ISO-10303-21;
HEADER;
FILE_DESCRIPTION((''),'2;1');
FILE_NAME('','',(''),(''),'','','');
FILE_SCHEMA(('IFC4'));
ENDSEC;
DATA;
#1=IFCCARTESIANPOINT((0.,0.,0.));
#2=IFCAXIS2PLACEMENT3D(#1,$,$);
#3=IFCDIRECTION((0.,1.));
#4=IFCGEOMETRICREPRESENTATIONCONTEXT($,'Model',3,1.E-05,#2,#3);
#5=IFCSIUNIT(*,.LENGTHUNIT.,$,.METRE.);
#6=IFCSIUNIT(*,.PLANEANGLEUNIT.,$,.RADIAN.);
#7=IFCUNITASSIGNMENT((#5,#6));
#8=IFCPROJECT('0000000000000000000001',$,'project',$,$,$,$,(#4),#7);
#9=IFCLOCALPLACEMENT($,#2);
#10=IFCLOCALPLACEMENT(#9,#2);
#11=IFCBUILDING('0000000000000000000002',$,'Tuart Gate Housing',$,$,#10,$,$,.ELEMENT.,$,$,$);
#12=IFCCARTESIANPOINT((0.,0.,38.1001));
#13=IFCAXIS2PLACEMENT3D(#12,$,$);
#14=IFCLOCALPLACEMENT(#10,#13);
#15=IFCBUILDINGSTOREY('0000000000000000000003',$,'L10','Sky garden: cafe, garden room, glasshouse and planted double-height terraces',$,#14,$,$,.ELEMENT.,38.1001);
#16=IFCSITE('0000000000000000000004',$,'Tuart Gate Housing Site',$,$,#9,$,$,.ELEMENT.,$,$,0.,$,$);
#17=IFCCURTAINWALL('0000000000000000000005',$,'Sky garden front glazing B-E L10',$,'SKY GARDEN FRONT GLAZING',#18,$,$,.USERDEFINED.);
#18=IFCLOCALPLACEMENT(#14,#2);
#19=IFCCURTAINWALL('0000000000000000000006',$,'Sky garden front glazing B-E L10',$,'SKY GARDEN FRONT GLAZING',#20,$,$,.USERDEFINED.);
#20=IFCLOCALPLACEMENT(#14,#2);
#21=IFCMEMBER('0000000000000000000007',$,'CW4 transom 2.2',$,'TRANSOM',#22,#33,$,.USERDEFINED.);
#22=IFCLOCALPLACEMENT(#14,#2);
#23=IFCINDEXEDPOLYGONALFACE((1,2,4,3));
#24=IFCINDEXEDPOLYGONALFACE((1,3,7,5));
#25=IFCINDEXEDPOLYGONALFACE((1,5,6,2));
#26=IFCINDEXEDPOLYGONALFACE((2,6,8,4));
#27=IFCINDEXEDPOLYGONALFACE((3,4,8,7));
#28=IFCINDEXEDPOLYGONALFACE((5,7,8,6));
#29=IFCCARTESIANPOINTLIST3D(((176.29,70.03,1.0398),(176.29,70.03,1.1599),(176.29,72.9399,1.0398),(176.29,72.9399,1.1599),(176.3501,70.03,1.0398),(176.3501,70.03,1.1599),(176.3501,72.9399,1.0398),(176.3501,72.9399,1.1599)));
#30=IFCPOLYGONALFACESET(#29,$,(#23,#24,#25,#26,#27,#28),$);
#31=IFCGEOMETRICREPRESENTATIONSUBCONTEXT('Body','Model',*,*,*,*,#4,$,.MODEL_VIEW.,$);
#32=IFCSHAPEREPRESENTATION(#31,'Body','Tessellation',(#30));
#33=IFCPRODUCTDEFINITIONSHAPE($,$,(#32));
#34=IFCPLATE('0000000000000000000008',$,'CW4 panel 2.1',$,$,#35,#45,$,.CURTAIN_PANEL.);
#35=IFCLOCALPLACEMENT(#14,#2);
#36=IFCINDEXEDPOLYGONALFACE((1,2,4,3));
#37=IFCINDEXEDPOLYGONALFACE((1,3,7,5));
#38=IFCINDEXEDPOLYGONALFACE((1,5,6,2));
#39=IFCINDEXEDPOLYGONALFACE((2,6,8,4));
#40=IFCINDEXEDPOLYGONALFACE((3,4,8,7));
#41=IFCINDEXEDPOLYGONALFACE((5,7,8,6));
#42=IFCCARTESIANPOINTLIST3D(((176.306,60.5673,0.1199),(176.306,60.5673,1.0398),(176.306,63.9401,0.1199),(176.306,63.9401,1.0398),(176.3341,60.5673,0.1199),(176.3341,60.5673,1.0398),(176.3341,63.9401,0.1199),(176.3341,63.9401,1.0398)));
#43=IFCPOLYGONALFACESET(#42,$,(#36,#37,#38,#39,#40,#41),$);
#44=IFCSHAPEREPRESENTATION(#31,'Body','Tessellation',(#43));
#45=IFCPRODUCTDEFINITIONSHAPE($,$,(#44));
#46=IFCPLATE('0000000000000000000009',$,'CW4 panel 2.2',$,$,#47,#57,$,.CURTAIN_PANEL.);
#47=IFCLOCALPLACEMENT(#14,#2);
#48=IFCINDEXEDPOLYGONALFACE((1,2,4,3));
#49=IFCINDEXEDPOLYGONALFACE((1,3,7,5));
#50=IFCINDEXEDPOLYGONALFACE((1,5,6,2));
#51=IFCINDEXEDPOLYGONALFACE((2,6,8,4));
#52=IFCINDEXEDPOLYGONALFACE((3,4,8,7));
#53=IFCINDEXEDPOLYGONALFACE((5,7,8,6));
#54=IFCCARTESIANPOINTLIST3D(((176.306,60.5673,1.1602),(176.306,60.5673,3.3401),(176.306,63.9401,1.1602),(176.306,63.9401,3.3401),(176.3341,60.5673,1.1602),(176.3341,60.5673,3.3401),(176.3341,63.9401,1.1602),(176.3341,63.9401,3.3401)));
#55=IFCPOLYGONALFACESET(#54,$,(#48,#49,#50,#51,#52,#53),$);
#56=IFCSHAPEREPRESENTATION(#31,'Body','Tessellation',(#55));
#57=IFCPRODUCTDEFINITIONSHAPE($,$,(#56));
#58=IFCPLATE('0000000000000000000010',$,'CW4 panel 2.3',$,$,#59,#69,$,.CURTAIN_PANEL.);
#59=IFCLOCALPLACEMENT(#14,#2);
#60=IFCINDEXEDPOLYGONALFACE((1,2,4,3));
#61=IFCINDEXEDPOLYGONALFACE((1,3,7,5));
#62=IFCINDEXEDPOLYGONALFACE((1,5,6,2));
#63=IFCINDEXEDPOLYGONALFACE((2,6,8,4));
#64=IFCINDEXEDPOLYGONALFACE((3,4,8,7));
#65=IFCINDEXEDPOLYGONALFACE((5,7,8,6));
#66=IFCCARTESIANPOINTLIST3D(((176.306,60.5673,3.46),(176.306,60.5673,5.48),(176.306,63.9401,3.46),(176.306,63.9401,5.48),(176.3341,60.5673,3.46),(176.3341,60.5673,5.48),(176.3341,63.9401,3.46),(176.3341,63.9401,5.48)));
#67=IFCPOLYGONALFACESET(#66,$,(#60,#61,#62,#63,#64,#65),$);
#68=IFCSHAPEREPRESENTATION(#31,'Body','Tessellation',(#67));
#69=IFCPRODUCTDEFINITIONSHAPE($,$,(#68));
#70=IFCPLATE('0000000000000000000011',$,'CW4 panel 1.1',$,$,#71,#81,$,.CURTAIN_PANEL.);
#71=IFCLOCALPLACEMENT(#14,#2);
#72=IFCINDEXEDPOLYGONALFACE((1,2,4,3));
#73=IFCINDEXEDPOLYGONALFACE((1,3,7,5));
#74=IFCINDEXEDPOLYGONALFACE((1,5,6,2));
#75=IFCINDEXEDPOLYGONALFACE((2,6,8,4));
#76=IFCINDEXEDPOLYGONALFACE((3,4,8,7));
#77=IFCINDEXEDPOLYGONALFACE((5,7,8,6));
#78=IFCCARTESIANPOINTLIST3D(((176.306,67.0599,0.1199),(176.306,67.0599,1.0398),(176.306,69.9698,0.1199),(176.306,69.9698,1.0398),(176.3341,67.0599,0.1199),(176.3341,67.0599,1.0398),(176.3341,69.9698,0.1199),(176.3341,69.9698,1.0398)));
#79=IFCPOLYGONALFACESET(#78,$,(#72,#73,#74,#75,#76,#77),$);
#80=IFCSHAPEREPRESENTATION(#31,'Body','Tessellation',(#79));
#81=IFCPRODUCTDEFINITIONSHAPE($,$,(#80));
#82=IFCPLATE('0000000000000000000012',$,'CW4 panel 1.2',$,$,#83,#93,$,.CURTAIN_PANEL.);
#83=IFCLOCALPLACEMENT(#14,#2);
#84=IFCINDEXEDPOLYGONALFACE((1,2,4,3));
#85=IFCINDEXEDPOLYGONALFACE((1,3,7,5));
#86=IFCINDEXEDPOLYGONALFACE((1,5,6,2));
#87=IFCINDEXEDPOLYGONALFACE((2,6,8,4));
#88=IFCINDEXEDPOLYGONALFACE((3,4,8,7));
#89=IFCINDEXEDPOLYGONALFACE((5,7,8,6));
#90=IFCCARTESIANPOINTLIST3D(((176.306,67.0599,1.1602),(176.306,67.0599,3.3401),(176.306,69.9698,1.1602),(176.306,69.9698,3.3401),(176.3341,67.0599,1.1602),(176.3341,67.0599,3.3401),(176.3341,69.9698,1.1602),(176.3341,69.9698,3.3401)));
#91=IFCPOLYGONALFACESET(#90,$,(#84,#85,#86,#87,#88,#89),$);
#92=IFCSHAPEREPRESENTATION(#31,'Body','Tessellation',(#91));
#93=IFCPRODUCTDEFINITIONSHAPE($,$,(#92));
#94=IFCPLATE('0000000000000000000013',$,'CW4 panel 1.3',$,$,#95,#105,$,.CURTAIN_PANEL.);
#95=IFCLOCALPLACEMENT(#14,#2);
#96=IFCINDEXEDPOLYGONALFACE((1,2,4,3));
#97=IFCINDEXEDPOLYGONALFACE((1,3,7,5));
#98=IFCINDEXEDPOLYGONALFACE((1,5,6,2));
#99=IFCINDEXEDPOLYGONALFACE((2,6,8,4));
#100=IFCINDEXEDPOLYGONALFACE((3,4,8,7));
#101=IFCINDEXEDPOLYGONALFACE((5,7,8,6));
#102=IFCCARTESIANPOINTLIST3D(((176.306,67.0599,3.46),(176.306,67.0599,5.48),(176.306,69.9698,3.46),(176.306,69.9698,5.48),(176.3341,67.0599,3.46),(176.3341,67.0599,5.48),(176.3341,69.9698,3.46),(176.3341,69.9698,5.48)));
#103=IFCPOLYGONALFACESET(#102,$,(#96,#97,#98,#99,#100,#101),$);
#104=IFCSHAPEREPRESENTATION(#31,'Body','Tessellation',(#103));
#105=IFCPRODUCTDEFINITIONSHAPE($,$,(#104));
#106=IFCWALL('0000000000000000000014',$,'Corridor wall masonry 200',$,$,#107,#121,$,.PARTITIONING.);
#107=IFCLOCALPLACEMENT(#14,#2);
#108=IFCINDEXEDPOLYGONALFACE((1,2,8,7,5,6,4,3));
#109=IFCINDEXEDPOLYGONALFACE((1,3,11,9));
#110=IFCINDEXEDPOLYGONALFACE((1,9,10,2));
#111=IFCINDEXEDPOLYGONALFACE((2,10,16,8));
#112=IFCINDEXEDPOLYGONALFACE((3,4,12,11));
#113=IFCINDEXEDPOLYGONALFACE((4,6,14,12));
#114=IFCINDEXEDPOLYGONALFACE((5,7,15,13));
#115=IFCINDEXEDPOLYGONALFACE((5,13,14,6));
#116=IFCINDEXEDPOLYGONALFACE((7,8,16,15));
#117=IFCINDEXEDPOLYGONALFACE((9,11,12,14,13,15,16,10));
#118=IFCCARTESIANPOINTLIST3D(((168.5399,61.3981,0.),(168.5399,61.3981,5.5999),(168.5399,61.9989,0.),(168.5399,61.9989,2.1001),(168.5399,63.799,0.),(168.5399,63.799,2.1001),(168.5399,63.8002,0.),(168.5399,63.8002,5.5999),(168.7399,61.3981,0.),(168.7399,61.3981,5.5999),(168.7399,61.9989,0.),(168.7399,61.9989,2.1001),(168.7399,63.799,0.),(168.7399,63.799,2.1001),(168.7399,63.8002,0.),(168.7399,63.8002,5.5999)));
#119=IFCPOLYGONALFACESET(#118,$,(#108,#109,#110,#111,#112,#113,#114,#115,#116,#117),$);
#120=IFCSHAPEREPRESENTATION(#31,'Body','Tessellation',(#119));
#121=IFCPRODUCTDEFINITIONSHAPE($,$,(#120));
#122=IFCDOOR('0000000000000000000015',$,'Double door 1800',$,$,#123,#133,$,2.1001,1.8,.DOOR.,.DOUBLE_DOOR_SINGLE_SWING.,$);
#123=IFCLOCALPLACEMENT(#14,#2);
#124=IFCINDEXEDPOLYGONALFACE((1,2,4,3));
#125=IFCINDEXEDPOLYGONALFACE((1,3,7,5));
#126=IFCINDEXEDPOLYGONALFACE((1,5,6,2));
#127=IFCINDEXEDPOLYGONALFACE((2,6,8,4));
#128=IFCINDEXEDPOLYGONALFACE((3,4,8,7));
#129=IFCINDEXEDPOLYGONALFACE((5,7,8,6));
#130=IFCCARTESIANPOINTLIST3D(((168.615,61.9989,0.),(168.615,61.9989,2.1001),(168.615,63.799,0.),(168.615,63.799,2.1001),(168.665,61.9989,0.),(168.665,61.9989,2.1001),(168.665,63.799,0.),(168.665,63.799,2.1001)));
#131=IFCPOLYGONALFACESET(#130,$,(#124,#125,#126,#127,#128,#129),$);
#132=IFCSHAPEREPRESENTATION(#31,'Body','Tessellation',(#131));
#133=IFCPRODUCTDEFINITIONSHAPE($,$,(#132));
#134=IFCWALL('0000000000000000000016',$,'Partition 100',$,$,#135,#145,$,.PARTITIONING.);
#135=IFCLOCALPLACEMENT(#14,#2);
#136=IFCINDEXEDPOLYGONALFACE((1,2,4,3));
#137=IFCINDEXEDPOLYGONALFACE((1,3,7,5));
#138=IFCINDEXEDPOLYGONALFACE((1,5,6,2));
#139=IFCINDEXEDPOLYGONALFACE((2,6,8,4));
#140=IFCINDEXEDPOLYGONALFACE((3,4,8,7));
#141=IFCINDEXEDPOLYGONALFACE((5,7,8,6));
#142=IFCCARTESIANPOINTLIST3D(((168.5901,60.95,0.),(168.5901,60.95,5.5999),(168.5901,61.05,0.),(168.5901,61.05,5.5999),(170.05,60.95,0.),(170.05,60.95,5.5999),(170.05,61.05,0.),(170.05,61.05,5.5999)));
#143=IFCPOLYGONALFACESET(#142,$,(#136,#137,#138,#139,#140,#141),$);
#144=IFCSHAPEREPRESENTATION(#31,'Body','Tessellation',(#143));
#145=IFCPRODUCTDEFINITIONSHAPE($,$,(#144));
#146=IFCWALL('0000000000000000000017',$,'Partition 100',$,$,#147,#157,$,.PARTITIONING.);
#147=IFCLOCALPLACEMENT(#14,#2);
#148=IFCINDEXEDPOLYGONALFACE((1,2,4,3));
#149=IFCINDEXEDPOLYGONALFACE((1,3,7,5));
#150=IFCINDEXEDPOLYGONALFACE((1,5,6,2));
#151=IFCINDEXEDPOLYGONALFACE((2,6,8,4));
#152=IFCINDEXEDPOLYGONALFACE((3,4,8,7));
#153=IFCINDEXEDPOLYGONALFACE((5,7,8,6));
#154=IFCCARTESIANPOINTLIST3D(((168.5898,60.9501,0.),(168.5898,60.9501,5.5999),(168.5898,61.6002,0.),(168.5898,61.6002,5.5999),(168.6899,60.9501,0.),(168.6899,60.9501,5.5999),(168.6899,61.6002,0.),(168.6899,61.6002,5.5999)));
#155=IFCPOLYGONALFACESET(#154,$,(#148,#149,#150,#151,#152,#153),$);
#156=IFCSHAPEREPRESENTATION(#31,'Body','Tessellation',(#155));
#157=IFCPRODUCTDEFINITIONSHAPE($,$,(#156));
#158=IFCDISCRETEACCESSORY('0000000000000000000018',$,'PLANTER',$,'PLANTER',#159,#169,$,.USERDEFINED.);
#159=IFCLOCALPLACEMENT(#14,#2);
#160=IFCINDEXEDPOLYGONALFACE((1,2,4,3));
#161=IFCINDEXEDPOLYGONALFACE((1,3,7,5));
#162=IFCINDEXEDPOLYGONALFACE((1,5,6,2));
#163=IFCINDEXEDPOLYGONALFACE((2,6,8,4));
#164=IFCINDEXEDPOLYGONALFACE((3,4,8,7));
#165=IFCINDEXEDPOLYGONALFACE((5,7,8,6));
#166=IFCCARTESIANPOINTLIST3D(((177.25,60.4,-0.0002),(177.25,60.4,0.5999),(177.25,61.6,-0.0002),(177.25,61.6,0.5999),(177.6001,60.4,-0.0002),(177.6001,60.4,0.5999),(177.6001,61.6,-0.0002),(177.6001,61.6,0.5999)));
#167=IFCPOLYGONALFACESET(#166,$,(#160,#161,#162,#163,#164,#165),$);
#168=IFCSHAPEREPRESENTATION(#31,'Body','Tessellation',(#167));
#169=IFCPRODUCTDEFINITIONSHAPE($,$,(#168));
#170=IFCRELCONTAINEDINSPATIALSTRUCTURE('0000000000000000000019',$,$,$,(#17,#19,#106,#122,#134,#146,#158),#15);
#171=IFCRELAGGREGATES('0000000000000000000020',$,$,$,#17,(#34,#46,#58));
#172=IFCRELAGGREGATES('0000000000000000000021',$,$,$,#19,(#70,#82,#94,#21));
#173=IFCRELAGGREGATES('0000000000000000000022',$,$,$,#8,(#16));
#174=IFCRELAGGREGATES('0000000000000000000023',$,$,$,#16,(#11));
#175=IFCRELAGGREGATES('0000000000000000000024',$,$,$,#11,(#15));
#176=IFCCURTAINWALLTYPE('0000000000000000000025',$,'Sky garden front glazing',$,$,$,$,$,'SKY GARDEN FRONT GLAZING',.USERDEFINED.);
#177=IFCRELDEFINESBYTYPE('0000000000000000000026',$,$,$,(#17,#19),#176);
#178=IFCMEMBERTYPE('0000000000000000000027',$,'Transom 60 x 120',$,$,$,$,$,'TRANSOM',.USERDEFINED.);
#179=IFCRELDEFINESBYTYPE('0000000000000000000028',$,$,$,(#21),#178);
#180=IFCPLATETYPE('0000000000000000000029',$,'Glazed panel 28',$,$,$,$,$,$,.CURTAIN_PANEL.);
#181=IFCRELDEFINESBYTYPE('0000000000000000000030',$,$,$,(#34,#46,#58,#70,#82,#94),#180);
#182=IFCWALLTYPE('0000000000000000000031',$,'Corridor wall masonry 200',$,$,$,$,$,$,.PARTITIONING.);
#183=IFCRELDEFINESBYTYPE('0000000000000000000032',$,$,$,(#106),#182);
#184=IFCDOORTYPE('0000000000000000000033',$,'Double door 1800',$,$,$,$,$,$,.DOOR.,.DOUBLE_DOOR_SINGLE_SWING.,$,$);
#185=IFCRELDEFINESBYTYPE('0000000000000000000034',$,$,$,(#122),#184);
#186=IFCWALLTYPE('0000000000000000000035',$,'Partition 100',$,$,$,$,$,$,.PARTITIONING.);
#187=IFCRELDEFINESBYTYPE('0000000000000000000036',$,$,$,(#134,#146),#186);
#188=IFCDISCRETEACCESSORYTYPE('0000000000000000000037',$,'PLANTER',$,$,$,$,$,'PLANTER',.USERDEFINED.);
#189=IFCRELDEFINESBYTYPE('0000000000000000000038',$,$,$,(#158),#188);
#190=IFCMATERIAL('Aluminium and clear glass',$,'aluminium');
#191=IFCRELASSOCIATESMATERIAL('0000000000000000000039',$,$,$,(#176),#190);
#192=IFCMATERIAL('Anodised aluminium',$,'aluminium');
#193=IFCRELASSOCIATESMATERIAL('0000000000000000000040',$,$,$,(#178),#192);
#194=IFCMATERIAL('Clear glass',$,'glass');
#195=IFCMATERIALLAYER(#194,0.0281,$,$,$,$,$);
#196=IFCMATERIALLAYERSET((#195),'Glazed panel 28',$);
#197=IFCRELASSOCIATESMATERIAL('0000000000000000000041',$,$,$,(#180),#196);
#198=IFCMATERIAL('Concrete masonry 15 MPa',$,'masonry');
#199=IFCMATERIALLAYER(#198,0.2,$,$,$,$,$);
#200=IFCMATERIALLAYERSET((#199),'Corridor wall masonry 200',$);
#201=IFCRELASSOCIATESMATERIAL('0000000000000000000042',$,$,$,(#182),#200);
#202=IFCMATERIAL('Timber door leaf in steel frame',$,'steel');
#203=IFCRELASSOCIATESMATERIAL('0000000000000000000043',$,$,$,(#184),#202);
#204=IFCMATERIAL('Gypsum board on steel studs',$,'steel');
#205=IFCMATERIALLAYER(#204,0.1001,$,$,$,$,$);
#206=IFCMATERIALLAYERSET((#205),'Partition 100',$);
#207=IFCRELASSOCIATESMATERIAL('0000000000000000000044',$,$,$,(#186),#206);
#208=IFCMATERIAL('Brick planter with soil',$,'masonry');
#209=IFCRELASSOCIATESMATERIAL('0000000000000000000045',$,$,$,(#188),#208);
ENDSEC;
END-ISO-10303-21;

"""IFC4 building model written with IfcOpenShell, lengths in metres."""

from ifc_helpers import new_model, si_unit, direction, frame, frame_2d, origin, origin_2d, place, context, subcontext, project, spatial, rectangle, extrude, material, layer, layer_set, material_profile, profile_set, type_object, element, fill, aggregate, save


model = new_model("IFC4")

# Units and contexts
model_context = context("Model", 3, precision=1e-05, world=origin(), true_north=direction((0.0, 1.0)))
body_context = subcontext(model_context, "Body", "Model", "MODEL_VIEW")
ifc_project = project(units=[si_unit("LENGTHUNIT", "METRE"), si_unit("PLANEANGLEUNIT", "RADIAN")], contexts=[model_context])

# Site, building, storey
site_placement = place(None, origin())
site = spatial("IfcSite", under=ifc_project, at=site_placement, Name="Tuart Gate Housing Site", CompositionType="ELEMENT", RefElevation=0.0)
building_placement = place(site_placement, origin())
building = spatial("IfcBuilding", under=site, at=building_placement, Name="Tuart Gate Housing", CompositionType="ELEMENT")
storey_placement = place(building_placement, frame((0.0, 0.0, 38.1001)))
storey = spatial("IfcBuildingStorey", under=building, at=storey_placement, Name="L10", Description="Sky garden: cafe, garden room, glasshouse and planted double-height terraces", CompositionType="ELEMENT", Elevation=38.1001)

# Curtain wall
ifc_material_1 = material(Name="Aluminium and clear glass", Category="aluminium")
curtain_wall_type = type_object("IfcCurtainWallType", Name="Sky garden front glazing", ElementType="SKY GARDEN FRONT GLAZING", PredefinedType="USERDEFINED", material=ifc_material_1)
curtain_wall_1_placement = place(storey_placement, origin())
curtain_wall_1 = element("IfcCurtainWall", 1, at=curtain_wall_1_placement, inside=storey, type_object=curtain_wall_type, Name="Sky garden front glazing B-E L10", ObjectType="SKY GARDEN FRONT GLAZING", PredefinedType="USERDEFINED")

# Curtain wall
curtain_wall_2_placement = place(storey_placement, origin())
curtain_wall_2 = element("IfcCurtainWall", 2, at=curtain_wall_2_placement, inside=storey, type_object=curtain_wall_type, Name="Sky garden front glazing B-E L10", ObjectType="SKY GARDEN FRONT GLAZING", PredefinedType="USERDEFINED")

# Member
ifc_material_2 = material(Name="Anodised aluminium", Category="aluminium")
ifc_material_profile_1 = material_profile(ifc_material_2, rectangle(XDim=0.0601, YDim=0.1201, at=origin_2d()), Name="60x120")
ifc_profile_set_1 = profile_set([ifc_material_profile_1], Name="Anodised aluminium")
member_type_1 = type_object("IfcMemberType", Name="Transom 60 x 120", ElementType="TRANSOM", PredefinedType="USERDEFINED", material=ifc_profile_set_1)
member_1_placement = place(storey_placement, frame((176.3201, 70.03, 1.0999), z_axis=(0.0, 1.0, 0.0), x_axis=(-1.0, 0.0, 0.0)))
member_1 = element("IfcMember", 3, at=member_1_placement, type_object=member_type_1, Name="CW4 transom 2.2", ObjectType="TRANSOM", PredefinedType="USERDEFINED", context=body_context, shape_type="SweptSolid", body=[
    extrude(rectangle(XDim=0.0601, YDim=0.1201, at=origin_2d()), origin(), (0.0, 0.0, 1.0), 2.9099),
])

# Plates
ifc_material_3 = material(Name="Clear glass", Category="glass")
ifc_layer_1 = layer(ifc_material_3, 0.0281)
ifc_layer_set_1 = layer_set([ifc_layer_1], Name="Glazed panel 28")
plate_type = type_object("IfcPlateType", Name="Glazed panel 28", PredefinedType="CURTAIN_PANEL", material=ifc_layer_set_1)
plate_1_placement = place(storey_placement, frame((176.3201, 62.2537, 0.1199), z_axis=(0.0, 0.0, 1.0), x_axis=(0.0, 1.0, 0.0)))
plate_1 = element("IfcPlate", 4, at=plate_1_placement, type_object=plate_type, Name="CW4 panel 2.1", PredefinedType="CURTAIN_PANEL", context=body_context, shape_type="SweptSolid", body=[
    extrude(rectangle(XDim=3.3728, YDim=0.0281, at=origin_2d()), origin(), (0.0, 0.0, 1.0), 0.9199),
])
plate_2_placement = place(storey_placement, frame((176.3201, 62.2537, 1.1602), z_axis=(0.0, 0.0, 1.0), x_axis=(0.0, 1.0, 0.0)))
plate_2 = element("IfcPlate", 5, at=plate_2_placement, type_object=plate_type, Name="CW4 panel 2.2", PredefinedType="CURTAIN_PANEL", context=body_context, shape_type="SweptSolid", body=[
    extrude(rectangle(XDim=3.3728, YDim=0.0281, at=origin_2d()), origin(), (0.0, 0.0, 1.0), 2.1799),
])
plate_3_placement = place(storey_placement, frame((176.3201, 62.2537, 3.46), z_axis=(0.0, 0.0, 1.0), x_axis=(0.0, 1.0, 0.0)))
plate_3 = element("IfcPlate", 6, at=plate_3_placement, type_object=plate_type, Name="CW4 panel 2.3", PredefinedType="CURTAIN_PANEL", context=body_context, shape_type="SweptSolid", body=[
    extrude(rectangle(XDim=3.3728, YDim=0.0281, at=origin_2d()), origin(), (0.0, 0.0, 1.0), 2.02),
])
aggregate(curtain_wall_1, [plate_1, plate_2, plate_3])
plate_4_placement = place(storey_placement, frame((176.3201, 68.5149, 0.1199), z_axis=(0.0, 0.0, 1.0), x_axis=(0.0, 1.0, 0.0)))
plate_4 = element("IfcPlate", 7, at=plate_4_placement, type_object=plate_type, Name="CW4 panel 1.1", PredefinedType="CURTAIN_PANEL", context=body_context, shape_type="SweptSolid", body=[
    extrude(rectangle(XDim=2.9099, YDim=0.0281, at=origin_2d()), origin(), (0.0, 0.0, 1.0), 0.9199),
])
plate_5_placement = place(storey_placement, frame((176.3201, 68.5149, 1.1602), z_axis=(0.0, 0.0, 1.0), x_axis=(0.0, 1.0, 0.0)))
plate_5 = element("IfcPlate", 8, at=plate_5_placement, type_object=plate_type, Name="CW4 panel 1.2", PredefinedType="CURTAIN_PANEL", context=body_context, shape_type="SweptSolid", body=[
    extrude(rectangle(XDim=2.9099, YDim=0.0281, at=origin_2d()), origin(), (0.0, 0.0, 1.0), 2.1799),
])
plate_6_placement = place(storey_placement, frame((176.3201, 68.5149, 3.46), z_axis=(0.0, 0.0, 1.0), x_axis=(0.0, 1.0, 0.0)))
plate_6 = element("IfcPlate", 9, at=plate_6_placement, type_object=plate_type, Name="CW4 panel 1.3", PredefinedType="CURTAIN_PANEL", context=body_context, shape_type="SweptSolid", body=[
    extrude(rectangle(XDim=2.9099, YDim=0.0281, at=origin_2d()), origin(), (0.0, 0.0, 1.0), 2.02),
])
aggregate(curtain_wall_2, [plate_4, plate_5, plate_6, member_1])

# Wall, opening, door
ifc_material_4 = material(Name="Concrete masonry 15 MPa", Category="masonry")
ifc_layer_2 = layer(ifc_material_4, 0.2)
ifc_layer_set_2 = layer_set([ifc_layer_2], Name="Corridor wall masonry 200")
wall_type_1 = type_object("IfcWallType", Name="Corridor wall masonry 200", PredefinedType="PARTITIONING", material=ifc_layer_set_2)
wall_1_placement = place(storey_placement, frame((168.6399, 61.3979, 0.0), z_axis=(0.0, 0.0, 1.0), x_axis=(0.0, 1.0, 0.0)))
wall_1 = element("IfcWall", 10, at=wall_1_placement, inside=storey, type_object=wall_type_1, Name="Corridor wall masonry 200", PredefinedType="PARTITIONING", context=body_context, shape_type="SweptSolid", body=[
    extrude(rectangle(XDim=2.4021, YDim=0.2, at=frame_2d((1.2012, 0.0))), origin(), (0.0, 0.0, 1.0), 5.5999),
])
opening_1_placement = place(wall_1_placement, frame((0.6011, 0.0, 0.0)))
opening_1 = element("IfcOpeningElement", 11, at=opening_1_placement, cuts=wall_1, PredefinedType="OPENING", context=body_context, shape_type="SweptSolid", body=[
    extrude(rectangle(XDim=1.8, YDim=2.1001, at=frame_2d((0.8999, 1.05))), frame((0.0, 0.1099, 0.0), z_axis=(0.0, -1.0, 0.0), x_axis=(1.0, 0.0, 0.0)), (0.0, 0.0, 1.0), 0.22),
])
ifc_material_5 = material(Name="Timber door leaf in steel frame", Category="steel")
door_type_1 = type_object("IfcDoorType", Name="Double door 1800", OperationType="DOUBLE_DOOR_SINGLE_SWING", PredefinedType="DOOR", material=ifc_material_5)
door_1_placement = place(opening_1_placement, origin())
door_1 = element("IfcDoor", 12, at=door_1_placement, inside=storey, type_object=door_type_1, Name="Double door 1800", OperationType="DOUBLE_DOOR_SINGLE_SWING", OverallHeight=2.1001, OverallWidth=1.8, PredefinedType="DOOR", context=body_context, shape_type="SweptSolid", body=[
    extrude(rectangle(XDim=1.8, YDim=2.1001, at=frame_2d((0.8999, 1.05))), frame((0.0, 0.0249, 0.0), z_axis=(0.0, -1.0, 0.0), x_axis=(1.0, 0.0, 0.0)), (0.0, 0.0, 1.0), 0.05),
])
fill(opening_1, door_1)

# Walls
ifc_material_6 = material(Name="Gypsum board on steel studs", Category="steel")
ifc_layer_3 = layer(ifc_material_6, 0.1001)
ifc_layer_set_3 = layer_set([ifc_layer_3], Name="Partition 100")
wall_type_2 = type_object("IfcWallType", Name="Partition 100", PredefinedType="PARTITIONING", material=ifc_layer_set_3)
wall_2_placement = place(storey_placement, frame((168.5901, 61.0, 0.0), z_axis=(0.0, 0.0, 1.0), x_axis=(1.0, 0.0, 0.0)))
element("IfcWall", 13, at=wall_2_placement, inside=storey, type_object=wall_type_2, Name="Partition 100", PredefinedType="PARTITIONING", context=body_context, shape_type="SweptSolid", body=[
    extrude(rectangle(XDim=1.46, YDim=0.1001, at=frame_2d((0.73, 0.0))), origin(), (0.0, 0.0, 1.0), 5.5999),
])
wall_3_placement = place(storey_placement, frame((168.6399, 60.95, 0.0), z_axis=(0.0, 0.0, 1.0), x_axis=(0.0, 1.0, 0.0)))
element("IfcWall", 14, at=wall_3_placement, inside=storey, type_object=wall_type_2, Name="Partition 100", PredefinedType="PARTITIONING", context=body_context, shape_type="SweptSolid", body=[
    extrude(rectangle(XDim=0.6501, YDim=0.1001, at=frame_2d((0.3252, 0.0))), origin(), (0.0, 0.0, 1.0), 5.5999),
])

# Discrete accessory
ifc_material_7 = material(Name="Brick planter with soil", Category="masonry")
discrete_accessory_type = type_object("IfcDiscreteAccessoryType", Name="PLANTER", ElementType="PLANTER", PredefinedType="USERDEFINED", material=ifc_material_7)
discrete_accessory_placement = place(storey_placement, frame((177.425, 61.0, -0.0002), z_axis=(0.0, 0.0, 1.0), x_axis=(1.0, 0.0, 0.0)))
element("IfcDiscreteAccessory", 15, at=discrete_accessory_placement, inside=storey, type_object=discrete_accessory_type, Name="PLANTER", ObjectType="PLANTER", PredefinedType="USERDEFINED", context=body_context, shape_type="SweptSolid", body=[
    extrude(rectangle(XDim=0.3501, YDim=1.2, at=origin_2d()), origin(), (0.0, 0.0, 1.0), 0.6001),
])

save(model, "model.ifc")
